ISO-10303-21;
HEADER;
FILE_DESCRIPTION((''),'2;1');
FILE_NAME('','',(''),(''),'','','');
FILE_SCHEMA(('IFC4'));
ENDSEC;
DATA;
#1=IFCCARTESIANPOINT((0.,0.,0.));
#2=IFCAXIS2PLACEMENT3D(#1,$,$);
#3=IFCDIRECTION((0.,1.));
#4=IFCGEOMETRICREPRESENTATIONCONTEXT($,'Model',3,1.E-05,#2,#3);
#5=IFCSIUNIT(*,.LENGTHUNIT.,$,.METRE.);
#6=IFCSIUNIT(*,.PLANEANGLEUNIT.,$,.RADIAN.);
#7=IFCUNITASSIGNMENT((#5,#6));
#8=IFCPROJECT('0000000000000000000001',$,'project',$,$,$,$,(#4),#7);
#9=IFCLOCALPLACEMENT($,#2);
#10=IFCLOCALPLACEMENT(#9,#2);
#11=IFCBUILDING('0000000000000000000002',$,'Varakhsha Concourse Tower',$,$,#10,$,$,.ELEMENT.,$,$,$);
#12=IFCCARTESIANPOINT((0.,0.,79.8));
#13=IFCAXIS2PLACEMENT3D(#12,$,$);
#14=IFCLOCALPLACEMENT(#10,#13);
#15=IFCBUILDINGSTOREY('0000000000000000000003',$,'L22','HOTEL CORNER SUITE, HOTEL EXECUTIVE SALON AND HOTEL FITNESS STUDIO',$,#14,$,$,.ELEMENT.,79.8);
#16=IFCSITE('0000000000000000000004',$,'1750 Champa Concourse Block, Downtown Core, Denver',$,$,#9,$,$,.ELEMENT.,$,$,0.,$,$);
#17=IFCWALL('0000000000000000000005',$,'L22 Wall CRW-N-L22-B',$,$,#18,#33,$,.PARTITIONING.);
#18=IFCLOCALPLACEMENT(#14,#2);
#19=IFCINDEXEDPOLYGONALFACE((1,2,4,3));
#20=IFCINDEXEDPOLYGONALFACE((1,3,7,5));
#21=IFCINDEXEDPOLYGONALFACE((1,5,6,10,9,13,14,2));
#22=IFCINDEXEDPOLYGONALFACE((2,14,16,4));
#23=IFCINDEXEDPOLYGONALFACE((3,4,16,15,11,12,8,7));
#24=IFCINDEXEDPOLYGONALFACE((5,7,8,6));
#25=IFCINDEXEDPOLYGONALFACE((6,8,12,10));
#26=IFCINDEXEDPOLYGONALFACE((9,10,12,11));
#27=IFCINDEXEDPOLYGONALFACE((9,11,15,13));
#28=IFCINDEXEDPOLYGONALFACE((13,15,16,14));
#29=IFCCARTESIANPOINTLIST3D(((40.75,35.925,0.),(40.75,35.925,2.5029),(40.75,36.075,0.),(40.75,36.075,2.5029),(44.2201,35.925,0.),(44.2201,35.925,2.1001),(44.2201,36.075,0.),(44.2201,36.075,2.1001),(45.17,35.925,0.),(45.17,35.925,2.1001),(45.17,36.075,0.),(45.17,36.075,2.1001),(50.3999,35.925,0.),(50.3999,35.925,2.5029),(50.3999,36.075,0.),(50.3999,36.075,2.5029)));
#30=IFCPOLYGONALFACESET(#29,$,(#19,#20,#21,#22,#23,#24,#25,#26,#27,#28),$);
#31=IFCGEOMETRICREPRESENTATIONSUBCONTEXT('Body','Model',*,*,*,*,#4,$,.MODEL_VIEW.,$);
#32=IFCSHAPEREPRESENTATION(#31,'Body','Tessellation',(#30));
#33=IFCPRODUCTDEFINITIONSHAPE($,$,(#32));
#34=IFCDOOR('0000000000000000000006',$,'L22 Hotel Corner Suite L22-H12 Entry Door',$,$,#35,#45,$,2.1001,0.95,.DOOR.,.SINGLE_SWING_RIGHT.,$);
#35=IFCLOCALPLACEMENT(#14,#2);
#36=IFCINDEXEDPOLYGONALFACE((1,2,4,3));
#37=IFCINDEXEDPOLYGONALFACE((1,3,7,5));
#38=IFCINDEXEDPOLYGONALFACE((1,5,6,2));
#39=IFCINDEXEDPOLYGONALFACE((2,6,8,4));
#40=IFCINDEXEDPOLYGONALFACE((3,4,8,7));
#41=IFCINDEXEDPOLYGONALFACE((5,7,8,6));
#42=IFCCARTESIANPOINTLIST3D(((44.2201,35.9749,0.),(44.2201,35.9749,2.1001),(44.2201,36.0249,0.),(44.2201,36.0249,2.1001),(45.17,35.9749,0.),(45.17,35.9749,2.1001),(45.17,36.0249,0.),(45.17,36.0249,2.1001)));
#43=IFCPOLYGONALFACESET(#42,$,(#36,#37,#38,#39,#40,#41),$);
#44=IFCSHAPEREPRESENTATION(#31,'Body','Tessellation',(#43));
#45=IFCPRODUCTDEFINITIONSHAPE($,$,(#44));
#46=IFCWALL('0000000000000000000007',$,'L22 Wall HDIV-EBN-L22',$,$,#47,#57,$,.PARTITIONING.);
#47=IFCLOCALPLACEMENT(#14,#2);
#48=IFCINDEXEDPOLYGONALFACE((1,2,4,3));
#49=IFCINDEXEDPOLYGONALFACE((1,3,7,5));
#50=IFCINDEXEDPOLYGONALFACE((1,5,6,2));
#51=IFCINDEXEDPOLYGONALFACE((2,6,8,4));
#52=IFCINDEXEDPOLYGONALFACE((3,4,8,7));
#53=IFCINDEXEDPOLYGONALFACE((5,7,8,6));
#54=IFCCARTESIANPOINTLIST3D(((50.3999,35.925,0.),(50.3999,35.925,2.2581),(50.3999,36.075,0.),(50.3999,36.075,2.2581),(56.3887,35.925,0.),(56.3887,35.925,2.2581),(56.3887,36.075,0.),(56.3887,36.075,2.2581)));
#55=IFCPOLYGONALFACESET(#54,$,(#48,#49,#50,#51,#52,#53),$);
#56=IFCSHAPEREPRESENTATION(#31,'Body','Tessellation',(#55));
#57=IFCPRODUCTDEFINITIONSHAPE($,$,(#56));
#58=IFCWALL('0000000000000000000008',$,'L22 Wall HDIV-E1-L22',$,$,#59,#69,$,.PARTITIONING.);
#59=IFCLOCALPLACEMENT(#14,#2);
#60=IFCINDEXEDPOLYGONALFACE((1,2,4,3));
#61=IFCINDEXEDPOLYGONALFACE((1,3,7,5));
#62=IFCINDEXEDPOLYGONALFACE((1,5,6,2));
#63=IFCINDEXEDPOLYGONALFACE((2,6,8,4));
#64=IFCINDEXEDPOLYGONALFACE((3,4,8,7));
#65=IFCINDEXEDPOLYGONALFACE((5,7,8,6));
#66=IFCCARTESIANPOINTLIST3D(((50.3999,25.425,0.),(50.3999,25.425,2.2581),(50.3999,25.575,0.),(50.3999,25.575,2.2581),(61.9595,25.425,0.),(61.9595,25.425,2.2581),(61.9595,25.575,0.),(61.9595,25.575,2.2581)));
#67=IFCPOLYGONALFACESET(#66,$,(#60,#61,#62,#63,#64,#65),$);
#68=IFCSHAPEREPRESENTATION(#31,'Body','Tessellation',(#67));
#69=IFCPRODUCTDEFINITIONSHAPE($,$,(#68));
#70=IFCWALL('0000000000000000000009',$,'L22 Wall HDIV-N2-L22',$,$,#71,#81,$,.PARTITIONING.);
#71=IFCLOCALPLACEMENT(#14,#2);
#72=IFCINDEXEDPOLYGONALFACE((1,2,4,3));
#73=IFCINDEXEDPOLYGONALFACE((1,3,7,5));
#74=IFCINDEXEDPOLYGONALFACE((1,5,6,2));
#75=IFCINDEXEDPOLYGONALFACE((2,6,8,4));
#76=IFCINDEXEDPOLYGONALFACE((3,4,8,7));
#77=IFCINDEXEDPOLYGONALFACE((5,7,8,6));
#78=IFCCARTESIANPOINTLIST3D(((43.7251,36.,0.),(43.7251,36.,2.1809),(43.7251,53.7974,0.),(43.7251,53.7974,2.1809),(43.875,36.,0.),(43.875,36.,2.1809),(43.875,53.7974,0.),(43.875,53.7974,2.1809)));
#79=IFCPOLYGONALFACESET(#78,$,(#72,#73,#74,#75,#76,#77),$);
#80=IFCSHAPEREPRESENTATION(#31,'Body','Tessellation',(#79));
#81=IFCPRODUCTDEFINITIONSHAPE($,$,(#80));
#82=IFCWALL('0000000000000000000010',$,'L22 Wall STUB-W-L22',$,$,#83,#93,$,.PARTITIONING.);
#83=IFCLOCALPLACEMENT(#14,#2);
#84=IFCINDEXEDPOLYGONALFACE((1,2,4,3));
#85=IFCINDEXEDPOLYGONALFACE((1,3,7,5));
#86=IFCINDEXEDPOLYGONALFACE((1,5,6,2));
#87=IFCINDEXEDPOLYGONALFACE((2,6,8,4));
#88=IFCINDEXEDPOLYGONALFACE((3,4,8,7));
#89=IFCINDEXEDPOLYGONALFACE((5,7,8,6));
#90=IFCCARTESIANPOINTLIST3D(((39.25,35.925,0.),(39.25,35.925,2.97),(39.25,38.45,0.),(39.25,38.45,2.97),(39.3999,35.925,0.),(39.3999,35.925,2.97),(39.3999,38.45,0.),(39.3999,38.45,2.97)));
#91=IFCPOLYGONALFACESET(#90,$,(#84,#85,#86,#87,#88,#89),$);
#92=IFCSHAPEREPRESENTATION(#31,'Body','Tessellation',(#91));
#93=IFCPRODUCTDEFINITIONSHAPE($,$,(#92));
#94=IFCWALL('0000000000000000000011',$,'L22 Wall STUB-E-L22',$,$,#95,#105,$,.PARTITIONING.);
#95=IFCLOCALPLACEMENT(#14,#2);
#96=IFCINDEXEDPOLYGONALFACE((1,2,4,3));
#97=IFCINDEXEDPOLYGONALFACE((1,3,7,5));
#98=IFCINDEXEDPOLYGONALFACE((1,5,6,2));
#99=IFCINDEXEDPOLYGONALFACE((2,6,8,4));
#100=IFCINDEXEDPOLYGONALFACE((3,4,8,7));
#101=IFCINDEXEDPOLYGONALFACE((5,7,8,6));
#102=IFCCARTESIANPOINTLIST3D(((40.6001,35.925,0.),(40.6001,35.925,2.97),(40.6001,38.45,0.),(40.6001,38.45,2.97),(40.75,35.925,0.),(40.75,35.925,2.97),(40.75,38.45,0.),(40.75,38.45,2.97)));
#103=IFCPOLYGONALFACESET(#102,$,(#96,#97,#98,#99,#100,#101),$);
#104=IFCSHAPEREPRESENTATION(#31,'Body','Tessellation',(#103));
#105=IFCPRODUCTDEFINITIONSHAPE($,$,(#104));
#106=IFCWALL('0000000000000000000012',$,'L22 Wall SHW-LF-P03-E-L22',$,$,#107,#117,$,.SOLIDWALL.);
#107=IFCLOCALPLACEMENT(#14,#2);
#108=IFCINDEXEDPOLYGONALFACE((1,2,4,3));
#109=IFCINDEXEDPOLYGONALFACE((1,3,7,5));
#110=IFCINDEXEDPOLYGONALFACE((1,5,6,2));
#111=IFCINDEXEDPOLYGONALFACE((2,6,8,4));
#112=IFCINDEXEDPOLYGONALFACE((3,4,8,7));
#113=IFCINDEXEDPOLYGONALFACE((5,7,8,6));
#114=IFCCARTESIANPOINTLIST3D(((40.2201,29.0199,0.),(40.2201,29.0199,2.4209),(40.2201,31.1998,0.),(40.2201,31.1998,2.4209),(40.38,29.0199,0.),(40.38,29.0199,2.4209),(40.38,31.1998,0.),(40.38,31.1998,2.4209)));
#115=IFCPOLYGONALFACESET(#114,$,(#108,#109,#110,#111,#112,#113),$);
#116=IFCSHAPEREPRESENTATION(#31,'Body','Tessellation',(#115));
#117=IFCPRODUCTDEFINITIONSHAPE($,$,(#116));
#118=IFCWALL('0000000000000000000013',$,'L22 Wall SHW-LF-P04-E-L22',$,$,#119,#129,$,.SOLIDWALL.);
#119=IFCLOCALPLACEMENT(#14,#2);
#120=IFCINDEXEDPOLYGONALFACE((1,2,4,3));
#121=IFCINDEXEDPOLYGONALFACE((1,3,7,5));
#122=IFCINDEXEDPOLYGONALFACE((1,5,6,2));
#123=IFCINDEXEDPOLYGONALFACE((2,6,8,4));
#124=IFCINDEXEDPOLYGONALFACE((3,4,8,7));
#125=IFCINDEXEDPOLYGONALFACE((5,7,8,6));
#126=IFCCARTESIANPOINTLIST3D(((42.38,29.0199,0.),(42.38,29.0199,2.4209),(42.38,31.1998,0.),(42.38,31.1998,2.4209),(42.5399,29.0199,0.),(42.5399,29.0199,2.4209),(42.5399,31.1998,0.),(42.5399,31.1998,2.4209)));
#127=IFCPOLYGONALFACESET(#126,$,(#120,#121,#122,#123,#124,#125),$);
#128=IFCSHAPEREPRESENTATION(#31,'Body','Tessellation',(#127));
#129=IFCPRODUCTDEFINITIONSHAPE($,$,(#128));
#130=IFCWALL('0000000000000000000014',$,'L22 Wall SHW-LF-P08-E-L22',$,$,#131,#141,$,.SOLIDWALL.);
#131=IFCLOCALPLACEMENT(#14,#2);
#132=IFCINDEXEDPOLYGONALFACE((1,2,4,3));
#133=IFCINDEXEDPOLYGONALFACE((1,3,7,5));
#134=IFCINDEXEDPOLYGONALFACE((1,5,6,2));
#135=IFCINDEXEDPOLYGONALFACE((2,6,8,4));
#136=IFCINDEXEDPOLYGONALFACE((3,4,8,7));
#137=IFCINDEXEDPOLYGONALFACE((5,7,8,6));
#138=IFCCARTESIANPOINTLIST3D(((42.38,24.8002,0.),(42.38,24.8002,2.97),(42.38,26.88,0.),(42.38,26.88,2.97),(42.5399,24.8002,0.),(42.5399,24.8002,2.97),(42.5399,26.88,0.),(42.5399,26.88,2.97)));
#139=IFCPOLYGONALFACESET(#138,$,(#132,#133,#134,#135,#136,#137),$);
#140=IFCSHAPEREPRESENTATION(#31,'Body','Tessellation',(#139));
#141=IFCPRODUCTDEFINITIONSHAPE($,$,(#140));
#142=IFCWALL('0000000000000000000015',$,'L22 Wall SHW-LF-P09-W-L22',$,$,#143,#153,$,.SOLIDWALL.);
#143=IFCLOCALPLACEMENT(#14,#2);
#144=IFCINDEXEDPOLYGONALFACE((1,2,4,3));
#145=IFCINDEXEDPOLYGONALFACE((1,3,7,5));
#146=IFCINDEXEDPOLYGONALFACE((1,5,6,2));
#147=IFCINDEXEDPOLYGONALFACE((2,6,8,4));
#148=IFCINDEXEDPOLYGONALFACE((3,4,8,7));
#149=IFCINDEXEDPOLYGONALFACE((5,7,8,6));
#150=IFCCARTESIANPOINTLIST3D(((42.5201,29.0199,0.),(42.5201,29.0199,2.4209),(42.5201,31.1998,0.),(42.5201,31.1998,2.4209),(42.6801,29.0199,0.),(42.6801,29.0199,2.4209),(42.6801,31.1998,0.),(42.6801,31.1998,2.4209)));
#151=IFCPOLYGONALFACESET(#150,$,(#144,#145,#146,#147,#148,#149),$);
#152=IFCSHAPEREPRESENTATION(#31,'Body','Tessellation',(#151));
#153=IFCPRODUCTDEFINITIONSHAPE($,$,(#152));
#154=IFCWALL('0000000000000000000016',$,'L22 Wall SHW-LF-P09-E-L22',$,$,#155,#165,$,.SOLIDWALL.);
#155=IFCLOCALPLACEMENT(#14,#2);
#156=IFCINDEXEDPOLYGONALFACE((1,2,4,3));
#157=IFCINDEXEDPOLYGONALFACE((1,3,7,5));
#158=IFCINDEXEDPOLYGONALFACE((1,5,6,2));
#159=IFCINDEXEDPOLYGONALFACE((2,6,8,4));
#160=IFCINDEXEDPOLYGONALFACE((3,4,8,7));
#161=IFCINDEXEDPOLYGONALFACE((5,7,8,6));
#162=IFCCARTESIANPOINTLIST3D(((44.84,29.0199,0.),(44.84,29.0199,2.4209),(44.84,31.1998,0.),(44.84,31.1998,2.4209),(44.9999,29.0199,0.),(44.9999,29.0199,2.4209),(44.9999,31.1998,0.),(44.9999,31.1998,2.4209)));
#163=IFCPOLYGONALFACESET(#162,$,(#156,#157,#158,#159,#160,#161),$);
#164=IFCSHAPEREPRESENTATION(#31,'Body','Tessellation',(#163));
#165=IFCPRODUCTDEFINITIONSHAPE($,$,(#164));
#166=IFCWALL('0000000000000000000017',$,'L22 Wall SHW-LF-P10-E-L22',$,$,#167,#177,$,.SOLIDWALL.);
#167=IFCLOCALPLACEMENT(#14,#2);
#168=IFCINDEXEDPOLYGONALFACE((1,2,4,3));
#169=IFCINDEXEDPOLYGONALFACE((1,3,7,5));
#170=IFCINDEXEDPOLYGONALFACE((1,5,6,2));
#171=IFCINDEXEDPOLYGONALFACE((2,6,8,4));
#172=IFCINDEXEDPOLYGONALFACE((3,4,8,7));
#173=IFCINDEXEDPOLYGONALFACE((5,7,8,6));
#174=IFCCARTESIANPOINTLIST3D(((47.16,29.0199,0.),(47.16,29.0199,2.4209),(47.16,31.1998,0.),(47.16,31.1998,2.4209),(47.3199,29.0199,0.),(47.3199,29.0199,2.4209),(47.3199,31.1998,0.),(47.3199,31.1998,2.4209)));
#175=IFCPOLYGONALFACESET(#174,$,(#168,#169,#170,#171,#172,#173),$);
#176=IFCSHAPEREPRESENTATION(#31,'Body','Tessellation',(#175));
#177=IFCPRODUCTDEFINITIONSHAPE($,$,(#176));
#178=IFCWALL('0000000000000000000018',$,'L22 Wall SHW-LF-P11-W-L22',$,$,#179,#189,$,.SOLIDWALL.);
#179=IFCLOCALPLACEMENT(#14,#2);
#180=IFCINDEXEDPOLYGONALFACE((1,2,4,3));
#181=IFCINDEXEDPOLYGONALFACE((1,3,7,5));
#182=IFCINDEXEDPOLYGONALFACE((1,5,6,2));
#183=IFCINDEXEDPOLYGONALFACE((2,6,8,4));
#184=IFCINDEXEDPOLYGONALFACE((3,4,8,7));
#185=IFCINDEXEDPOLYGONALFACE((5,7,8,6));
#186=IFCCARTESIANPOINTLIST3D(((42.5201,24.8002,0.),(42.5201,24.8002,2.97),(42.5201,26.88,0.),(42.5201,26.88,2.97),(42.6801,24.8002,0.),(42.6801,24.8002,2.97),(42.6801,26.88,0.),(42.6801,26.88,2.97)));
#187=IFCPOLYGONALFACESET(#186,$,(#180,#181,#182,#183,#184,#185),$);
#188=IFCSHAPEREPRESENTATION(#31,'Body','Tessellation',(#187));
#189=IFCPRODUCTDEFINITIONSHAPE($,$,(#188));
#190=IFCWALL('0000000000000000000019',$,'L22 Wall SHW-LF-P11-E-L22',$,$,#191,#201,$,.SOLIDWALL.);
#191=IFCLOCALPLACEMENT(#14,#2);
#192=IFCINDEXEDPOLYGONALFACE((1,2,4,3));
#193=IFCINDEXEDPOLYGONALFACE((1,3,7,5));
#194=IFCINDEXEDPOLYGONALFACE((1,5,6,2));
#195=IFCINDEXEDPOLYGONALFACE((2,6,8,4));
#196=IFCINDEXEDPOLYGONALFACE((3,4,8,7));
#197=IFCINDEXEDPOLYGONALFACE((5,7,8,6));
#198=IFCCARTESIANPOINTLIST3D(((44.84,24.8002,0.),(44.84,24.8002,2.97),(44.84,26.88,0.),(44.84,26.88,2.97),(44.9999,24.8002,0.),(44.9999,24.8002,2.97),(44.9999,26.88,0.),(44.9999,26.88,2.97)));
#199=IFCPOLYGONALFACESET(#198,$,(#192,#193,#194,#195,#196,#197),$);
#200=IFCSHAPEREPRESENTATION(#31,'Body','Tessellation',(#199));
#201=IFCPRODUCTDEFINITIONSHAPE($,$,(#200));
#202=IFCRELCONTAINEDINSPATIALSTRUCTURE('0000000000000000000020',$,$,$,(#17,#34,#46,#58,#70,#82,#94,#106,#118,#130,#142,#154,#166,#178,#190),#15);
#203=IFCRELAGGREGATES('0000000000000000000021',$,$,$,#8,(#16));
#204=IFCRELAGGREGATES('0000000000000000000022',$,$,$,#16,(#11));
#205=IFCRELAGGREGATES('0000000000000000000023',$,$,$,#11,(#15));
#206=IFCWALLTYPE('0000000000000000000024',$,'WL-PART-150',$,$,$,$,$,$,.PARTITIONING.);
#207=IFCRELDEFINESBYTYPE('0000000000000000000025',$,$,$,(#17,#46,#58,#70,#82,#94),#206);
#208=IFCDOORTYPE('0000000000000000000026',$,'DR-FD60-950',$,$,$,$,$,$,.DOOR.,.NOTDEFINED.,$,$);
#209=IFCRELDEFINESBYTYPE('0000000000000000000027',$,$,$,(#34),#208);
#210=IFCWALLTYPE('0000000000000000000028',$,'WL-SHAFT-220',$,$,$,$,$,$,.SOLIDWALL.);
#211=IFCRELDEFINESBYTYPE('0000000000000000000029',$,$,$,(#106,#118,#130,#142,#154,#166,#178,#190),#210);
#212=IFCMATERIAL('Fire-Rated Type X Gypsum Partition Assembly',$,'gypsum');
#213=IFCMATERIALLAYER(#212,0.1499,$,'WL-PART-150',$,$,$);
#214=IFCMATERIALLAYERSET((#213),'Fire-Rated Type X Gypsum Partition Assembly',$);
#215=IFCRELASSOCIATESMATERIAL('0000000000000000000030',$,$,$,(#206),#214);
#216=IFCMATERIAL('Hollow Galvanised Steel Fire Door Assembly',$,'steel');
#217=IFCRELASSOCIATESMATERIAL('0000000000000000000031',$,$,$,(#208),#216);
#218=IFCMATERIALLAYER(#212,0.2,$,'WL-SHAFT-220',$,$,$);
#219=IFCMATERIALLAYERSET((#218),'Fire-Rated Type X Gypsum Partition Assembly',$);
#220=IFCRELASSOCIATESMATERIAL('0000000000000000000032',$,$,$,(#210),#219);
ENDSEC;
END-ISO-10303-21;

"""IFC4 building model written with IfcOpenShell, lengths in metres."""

from ifc_helpers import new_model, si_unit, direction, frame, frame_2d, origin, place, context, subcontext, project, spatial, rectangle, extrude, material, layer, layer_set, type_object, element, fill, save


model = new_model("IFC4")

# Units and contexts
model_context = context("Model", 3, precision=1e-05, world=origin(), true_north=direction((0.0, 1.0)))
body_context = subcontext(model_context, "Body", "Model", "MODEL_VIEW")
ifc_project = project(units=[si_unit("LENGTHUNIT", "METRE"), si_unit("PLANEANGLEUNIT", "RADIAN")], contexts=[model_context])

# Site, building, storey
site_placement = place(None, origin())
site = spatial("IfcSite", under=ifc_project, at=site_placement, Name="1750 Champa Concourse Block, Downtown Core, Denver", CompositionType="ELEMENT", RefElevation=0.0)
building_placement = place(site_placement, origin())
building = spatial("IfcBuilding", under=site, at=building_placement, Name="Varakhsha Concourse Tower", CompositionType="ELEMENT")
storey_placement = place(building_placement, frame((0.0, 0.0, 79.8)))
storey = spatial("IfcBuildingStorey", under=building, at=storey_placement, Name="L22", Description="HOTEL CORNER SUITE, HOTEL EXECUTIVE SALON AND HOTEL FITNESS STUDIO", CompositionType="ELEMENT", Elevation=79.8)

# Shared definitions
ifc_material_1 = material(Name="Fire-Rated Type X Gypsum Partition Assembly", Category="gypsum")
ifc_layer_1 = layer(ifc_material_1, 0.1499, Name="WL-PART-150")
ifc_layer_set_1 = layer_set([ifc_layer_1], Name="Fire-Rated Type X Gypsum Partition Assembly")
wall_type_1 = type_object("IfcWallType", Name="WL-PART-150", PredefinedType="PARTITIONING", material=ifc_layer_set_1)

# Wall, opening, door
wall_1_placement = place(storey_placement, frame((40.75, 36.0, 0.0), z_axis=(0.0, 0.0, 1.0), x_axis=(1.0, 0.0, 0.0)))
wall_1 = element("IfcWall", 1, at=wall_1_placement, inside=storey, type_object=wall_type_1, Name="L22 Wall CRW-N-L22-B", PredefinedType="PARTITIONING", context=body_context, shape_type="SweptSolid", body=[
    extrude(rectangle(XDim=9.6499, YDim=0.1499, at=frame_2d((4.825, 0.0))), origin(), (0.0, 0.0, 1.0), 2.5029),
])
opening_1_placement = place(wall_1_placement, frame((3.47, 0.0, 0.0)))
opening_1 = element("IfcOpeningElement", 2, at=opening_1_placement, cuts=wall_1, PredefinedType="OPENING", context=body_context, shape_type="SweptSolid", body=[
    extrude(rectangle(XDim=0.95, YDim=2.1001, at=frame_2d((0.4751, 1.05))), frame((0.0, 0.085, 0.0), z_axis=(0.0, -1.0, 0.0), x_axis=(1.0, 0.0, 0.0)), (0.0, 0.0, 1.0), 0.1699),
])
ifc_material_2 = material(Name="Hollow Galvanised Steel Fire Door Assembly", Category="steel")
door_type_1 = type_object("IfcDoorType", Name="DR-FD60-950", OperationType="NOTDEFINED", PredefinedType="DOOR", material=ifc_material_2)
door_1_placement = place(opening_1_placement, origin())
door_1 = element("IfcDoor", 3, at=door_1_placement, inside=storey, type_object=door_type_1, Name="L22 Hotel Corner Suite L22-H12 Entry Door", OperationType="SINGLE_SWING_RIGHT", OverallHeight=2.1001, OverallWidth=0.95, PredefinedType="DOOR", context=body_context, shape_type="SweptSolid", body=[
    extrude(rectangle(XDim=0.95, YDim=2.1001, at=frame_2d((0.4751, 1.05))), frame((0.0, 0.0249, 0.0), z_axis=(0.0, -1.0, 0.0), x_axis=(1.0, 0.0, 0.0)), (0.0, 0.0, 1.0), 0.05),
])
fill(opening_1, door_1)

# Walls
wall_2_placement = place(storey_placement, frame((50.3999, 36.0, 0.0), z_axis=(0.0, 0.0, 1.0), x_axis=(1.0, 0.0, 0.0)))
element("IfcWall", 4, at=wall_2_placement, inside=storey, type_object=wall_type_1, Name="L22 Wall HDIV-EBN-L22", PredefinedType="PARTITIONING", context=body_context, shape_type="SweptSolid", body=[
    extrude(rectangle(XDim=5.9888, YDim=0.1499, at=frame_2d((2.9944, 0.0))), origin(), (0.0, 0.0, 1.0), 2.2581),
])
wall_3_placement = place(storey_placement, frame((50.3999, 25.5, 0.0), z_axis=(0.0, 0.0, 1.0), x_axis=(1.0, 0.0, 0.0)))
element("IfcWall", 5, at=wall_3_placement, inside=storey, type_object=wall_type_1, Name="L22 Wall HDIV-E1-L22", PredefinedType="PARTITIONING", context=body_context, shape_type="SweptSolid", body=[
    extrude(rectangle(XDim=11.5596, YDim=0.1499, at=frame_2d((5.7798, 0.0))), origin(), (0.0, 0.0, 1.0), 2.2581),
])
wall_4_placement = place(storey_placement, frame((43.8, 36.0, 0.0), z_axis=(0.0, 0.0, 1.0), x_axis=(0.0, 1.0, 0.0)))
element("IfcWall", 6, at=wall_4_placement, inside=storey, type_object=wall_type_1, Name="L22 Wall HDIV-N2-L22", PredefinedType="PARTITIONING", context=body_context, shape_type="SweptSolid", body=[
    extrude(rectangle(XDim=17.7974, YDim=0.1499, at=frame_2d((8.8987, 0.0))), origin(), (0.0, 0.0, 1.0), 2.1809),
])
for number, where, z_axis, x_axis, name in (
    (7, (39.325, 35.925, 0.0), (0.0, 0.0, 1.0), (0.0, 1.0, 0.0), "L22 Wall STUB-W-L22"),
    (8, (40.675, 35.925, 0.0), (0.0, 0.0, 1.0), (0.0, 1.0, 0.0), "L22 Wall STUB-E-L22"),
):
    element("IfcWall", number, at=place(storey_placement, frame(where, z_axis=z_axis, x_axis=x_axis)), inside=storey, type_object=wall_type_1, Name=name, PredefinedType="PARTITIONING", context=body_context, shape_type="SweptSolid", body=[
        extrude(rectangle(XDim=2.5249, YDim=0.1499, at=frame_2d((1.2625, 0.0))), origin(), (0.0, 0.0, 1.0), 2.97),
    ])
ifc_layer_2 = layer(ifc_material_1, 0.2, Name="WL-SHAFT-220")
ifc_layer_set_2 = layer_set([ifc_layer_2], Name="Fire-Rated Type X Gypsum Partition Assembly")
wall_type_2 = type_object("IfcWallType", Name="WL-SHAFT-220", PredefinedType="SOLIDWALL", material=ifc_layer_set_2)
for number, where, z_axis, x_axis, name in (
    (9, (40.3, 29.02, 0.0), (0.0, 0.0, 1.0), (0.0, 1.0, 0.0), "L22 Wall SHW-LF-P03-E-L22"),
    (10, (42.46, 29.02, 0.0), (0.0, 0.0, 1.0), (0.0, 1.0, 0.0), "L22 Wall SHW-LF-P04-E-L22"),
):
    element("IfcWall", number, at=place(storey_placement, frame(where, z_axis=z_axis, x_axis=x_axis)), inside=storey, type_object=wall_type_2, Name=name, PredefinedType="SOLIDWALL", context=body_context, shape_type="SweptSolid", body=[
        extrude(rectangle(XDim=2.1799, YDim=0.1599, at=frame_2d((1.0898, 0.0))), origin(), (0.0, 0.0, 1.0), 2.4209),
    ])
wall_5_placement = place(storey_placement, frame((42.46, 24.8, 0.0), z_axis=(0.0, 0.0, 1.0), x_axis=(0.0, 1.0, 0.0)))
element("IfcWall", 11, at=wall_5_placement, inside=storey, type_object=wall_type_2, Name="L22 Wall SHW-LF-P08-E-L22", PredefinedType="SOLIDWALL", context=body_context, shape_type="SweptSolid", body=[
    extrude(rectangle(XDim=2.0798, YDim=0.1599, at=frame_2d((1.04, 0.0))), origin(), (0.0, 0.0, 1.0), 2.97),
])
for number, where, z_axis, x_axis, name in (
    (12, (42.6001, 29.02, 0.0), (0.0, 0.0, 1.0), (0.0, 1.0, 0.0), "L22 Wall SHW-LF-P09-W-L22"),
    (13, (44.9199, 29.02, 0.0), (0.0, 0.0, 1.0), (0.0, 1.0, 0.0), "L22 Wall SHW-LF-P09-E-L22"),
    (14, (47.24, 29.02, 0.0), (0.0, 0.0, 1.0), (0.0, 1.0, 0.0), "L22 Wall SHW-LF-P10-E-L22"),
):
    element("IfcWall", number, at=place(storey_placement, frame(where, z_axis=z_axis, x_axis=x_axis)), inside=storey, type_object=wall_type_2, Name=name, PredefinedType="SOLIDWALL", context=body_context, shape_type="SweptSolid", body=[
        extrude(rectangle(XDim=2.1799, YDim=0.1599, at=frame_2d((1.0898, 0.0))), origin(), (0.0, 0.0, 1.0), 2.4209),
    ])
for number, where, z_axis, x_axis, name in (
    (15, (42.6001, 24.8, 0.0), (0.0, 0.0, 1.0), (0.0, 1.0, 0.0), "L22 Wall SHW-LF-P11-W-L22"),
    (16, (44.9199, 24.8, 0.0), (0.0, 0.0, 1.0), (0.0, 1.0, 0.0), "L22 Wall SHW-LF-P11-E-L22"),
):
    element("IfcWall", number, at=place(storey_placement, frame(where, z_axis=z_axis, x_axis=x_axis)), inside=storey, type_object=wall_type_2, Name=name, PredefinedType="SOLIDWALL", context=body_context, shape_type="SweptSolid", body=[
        extrude(rectangle(XDim=2.0798, YDim=0.1599, at=frame_2d((1.04, 0.0))), origin(), (0.0, 0.0, 1.0), 2.97),
    ])

save(model, "model.ifc")
